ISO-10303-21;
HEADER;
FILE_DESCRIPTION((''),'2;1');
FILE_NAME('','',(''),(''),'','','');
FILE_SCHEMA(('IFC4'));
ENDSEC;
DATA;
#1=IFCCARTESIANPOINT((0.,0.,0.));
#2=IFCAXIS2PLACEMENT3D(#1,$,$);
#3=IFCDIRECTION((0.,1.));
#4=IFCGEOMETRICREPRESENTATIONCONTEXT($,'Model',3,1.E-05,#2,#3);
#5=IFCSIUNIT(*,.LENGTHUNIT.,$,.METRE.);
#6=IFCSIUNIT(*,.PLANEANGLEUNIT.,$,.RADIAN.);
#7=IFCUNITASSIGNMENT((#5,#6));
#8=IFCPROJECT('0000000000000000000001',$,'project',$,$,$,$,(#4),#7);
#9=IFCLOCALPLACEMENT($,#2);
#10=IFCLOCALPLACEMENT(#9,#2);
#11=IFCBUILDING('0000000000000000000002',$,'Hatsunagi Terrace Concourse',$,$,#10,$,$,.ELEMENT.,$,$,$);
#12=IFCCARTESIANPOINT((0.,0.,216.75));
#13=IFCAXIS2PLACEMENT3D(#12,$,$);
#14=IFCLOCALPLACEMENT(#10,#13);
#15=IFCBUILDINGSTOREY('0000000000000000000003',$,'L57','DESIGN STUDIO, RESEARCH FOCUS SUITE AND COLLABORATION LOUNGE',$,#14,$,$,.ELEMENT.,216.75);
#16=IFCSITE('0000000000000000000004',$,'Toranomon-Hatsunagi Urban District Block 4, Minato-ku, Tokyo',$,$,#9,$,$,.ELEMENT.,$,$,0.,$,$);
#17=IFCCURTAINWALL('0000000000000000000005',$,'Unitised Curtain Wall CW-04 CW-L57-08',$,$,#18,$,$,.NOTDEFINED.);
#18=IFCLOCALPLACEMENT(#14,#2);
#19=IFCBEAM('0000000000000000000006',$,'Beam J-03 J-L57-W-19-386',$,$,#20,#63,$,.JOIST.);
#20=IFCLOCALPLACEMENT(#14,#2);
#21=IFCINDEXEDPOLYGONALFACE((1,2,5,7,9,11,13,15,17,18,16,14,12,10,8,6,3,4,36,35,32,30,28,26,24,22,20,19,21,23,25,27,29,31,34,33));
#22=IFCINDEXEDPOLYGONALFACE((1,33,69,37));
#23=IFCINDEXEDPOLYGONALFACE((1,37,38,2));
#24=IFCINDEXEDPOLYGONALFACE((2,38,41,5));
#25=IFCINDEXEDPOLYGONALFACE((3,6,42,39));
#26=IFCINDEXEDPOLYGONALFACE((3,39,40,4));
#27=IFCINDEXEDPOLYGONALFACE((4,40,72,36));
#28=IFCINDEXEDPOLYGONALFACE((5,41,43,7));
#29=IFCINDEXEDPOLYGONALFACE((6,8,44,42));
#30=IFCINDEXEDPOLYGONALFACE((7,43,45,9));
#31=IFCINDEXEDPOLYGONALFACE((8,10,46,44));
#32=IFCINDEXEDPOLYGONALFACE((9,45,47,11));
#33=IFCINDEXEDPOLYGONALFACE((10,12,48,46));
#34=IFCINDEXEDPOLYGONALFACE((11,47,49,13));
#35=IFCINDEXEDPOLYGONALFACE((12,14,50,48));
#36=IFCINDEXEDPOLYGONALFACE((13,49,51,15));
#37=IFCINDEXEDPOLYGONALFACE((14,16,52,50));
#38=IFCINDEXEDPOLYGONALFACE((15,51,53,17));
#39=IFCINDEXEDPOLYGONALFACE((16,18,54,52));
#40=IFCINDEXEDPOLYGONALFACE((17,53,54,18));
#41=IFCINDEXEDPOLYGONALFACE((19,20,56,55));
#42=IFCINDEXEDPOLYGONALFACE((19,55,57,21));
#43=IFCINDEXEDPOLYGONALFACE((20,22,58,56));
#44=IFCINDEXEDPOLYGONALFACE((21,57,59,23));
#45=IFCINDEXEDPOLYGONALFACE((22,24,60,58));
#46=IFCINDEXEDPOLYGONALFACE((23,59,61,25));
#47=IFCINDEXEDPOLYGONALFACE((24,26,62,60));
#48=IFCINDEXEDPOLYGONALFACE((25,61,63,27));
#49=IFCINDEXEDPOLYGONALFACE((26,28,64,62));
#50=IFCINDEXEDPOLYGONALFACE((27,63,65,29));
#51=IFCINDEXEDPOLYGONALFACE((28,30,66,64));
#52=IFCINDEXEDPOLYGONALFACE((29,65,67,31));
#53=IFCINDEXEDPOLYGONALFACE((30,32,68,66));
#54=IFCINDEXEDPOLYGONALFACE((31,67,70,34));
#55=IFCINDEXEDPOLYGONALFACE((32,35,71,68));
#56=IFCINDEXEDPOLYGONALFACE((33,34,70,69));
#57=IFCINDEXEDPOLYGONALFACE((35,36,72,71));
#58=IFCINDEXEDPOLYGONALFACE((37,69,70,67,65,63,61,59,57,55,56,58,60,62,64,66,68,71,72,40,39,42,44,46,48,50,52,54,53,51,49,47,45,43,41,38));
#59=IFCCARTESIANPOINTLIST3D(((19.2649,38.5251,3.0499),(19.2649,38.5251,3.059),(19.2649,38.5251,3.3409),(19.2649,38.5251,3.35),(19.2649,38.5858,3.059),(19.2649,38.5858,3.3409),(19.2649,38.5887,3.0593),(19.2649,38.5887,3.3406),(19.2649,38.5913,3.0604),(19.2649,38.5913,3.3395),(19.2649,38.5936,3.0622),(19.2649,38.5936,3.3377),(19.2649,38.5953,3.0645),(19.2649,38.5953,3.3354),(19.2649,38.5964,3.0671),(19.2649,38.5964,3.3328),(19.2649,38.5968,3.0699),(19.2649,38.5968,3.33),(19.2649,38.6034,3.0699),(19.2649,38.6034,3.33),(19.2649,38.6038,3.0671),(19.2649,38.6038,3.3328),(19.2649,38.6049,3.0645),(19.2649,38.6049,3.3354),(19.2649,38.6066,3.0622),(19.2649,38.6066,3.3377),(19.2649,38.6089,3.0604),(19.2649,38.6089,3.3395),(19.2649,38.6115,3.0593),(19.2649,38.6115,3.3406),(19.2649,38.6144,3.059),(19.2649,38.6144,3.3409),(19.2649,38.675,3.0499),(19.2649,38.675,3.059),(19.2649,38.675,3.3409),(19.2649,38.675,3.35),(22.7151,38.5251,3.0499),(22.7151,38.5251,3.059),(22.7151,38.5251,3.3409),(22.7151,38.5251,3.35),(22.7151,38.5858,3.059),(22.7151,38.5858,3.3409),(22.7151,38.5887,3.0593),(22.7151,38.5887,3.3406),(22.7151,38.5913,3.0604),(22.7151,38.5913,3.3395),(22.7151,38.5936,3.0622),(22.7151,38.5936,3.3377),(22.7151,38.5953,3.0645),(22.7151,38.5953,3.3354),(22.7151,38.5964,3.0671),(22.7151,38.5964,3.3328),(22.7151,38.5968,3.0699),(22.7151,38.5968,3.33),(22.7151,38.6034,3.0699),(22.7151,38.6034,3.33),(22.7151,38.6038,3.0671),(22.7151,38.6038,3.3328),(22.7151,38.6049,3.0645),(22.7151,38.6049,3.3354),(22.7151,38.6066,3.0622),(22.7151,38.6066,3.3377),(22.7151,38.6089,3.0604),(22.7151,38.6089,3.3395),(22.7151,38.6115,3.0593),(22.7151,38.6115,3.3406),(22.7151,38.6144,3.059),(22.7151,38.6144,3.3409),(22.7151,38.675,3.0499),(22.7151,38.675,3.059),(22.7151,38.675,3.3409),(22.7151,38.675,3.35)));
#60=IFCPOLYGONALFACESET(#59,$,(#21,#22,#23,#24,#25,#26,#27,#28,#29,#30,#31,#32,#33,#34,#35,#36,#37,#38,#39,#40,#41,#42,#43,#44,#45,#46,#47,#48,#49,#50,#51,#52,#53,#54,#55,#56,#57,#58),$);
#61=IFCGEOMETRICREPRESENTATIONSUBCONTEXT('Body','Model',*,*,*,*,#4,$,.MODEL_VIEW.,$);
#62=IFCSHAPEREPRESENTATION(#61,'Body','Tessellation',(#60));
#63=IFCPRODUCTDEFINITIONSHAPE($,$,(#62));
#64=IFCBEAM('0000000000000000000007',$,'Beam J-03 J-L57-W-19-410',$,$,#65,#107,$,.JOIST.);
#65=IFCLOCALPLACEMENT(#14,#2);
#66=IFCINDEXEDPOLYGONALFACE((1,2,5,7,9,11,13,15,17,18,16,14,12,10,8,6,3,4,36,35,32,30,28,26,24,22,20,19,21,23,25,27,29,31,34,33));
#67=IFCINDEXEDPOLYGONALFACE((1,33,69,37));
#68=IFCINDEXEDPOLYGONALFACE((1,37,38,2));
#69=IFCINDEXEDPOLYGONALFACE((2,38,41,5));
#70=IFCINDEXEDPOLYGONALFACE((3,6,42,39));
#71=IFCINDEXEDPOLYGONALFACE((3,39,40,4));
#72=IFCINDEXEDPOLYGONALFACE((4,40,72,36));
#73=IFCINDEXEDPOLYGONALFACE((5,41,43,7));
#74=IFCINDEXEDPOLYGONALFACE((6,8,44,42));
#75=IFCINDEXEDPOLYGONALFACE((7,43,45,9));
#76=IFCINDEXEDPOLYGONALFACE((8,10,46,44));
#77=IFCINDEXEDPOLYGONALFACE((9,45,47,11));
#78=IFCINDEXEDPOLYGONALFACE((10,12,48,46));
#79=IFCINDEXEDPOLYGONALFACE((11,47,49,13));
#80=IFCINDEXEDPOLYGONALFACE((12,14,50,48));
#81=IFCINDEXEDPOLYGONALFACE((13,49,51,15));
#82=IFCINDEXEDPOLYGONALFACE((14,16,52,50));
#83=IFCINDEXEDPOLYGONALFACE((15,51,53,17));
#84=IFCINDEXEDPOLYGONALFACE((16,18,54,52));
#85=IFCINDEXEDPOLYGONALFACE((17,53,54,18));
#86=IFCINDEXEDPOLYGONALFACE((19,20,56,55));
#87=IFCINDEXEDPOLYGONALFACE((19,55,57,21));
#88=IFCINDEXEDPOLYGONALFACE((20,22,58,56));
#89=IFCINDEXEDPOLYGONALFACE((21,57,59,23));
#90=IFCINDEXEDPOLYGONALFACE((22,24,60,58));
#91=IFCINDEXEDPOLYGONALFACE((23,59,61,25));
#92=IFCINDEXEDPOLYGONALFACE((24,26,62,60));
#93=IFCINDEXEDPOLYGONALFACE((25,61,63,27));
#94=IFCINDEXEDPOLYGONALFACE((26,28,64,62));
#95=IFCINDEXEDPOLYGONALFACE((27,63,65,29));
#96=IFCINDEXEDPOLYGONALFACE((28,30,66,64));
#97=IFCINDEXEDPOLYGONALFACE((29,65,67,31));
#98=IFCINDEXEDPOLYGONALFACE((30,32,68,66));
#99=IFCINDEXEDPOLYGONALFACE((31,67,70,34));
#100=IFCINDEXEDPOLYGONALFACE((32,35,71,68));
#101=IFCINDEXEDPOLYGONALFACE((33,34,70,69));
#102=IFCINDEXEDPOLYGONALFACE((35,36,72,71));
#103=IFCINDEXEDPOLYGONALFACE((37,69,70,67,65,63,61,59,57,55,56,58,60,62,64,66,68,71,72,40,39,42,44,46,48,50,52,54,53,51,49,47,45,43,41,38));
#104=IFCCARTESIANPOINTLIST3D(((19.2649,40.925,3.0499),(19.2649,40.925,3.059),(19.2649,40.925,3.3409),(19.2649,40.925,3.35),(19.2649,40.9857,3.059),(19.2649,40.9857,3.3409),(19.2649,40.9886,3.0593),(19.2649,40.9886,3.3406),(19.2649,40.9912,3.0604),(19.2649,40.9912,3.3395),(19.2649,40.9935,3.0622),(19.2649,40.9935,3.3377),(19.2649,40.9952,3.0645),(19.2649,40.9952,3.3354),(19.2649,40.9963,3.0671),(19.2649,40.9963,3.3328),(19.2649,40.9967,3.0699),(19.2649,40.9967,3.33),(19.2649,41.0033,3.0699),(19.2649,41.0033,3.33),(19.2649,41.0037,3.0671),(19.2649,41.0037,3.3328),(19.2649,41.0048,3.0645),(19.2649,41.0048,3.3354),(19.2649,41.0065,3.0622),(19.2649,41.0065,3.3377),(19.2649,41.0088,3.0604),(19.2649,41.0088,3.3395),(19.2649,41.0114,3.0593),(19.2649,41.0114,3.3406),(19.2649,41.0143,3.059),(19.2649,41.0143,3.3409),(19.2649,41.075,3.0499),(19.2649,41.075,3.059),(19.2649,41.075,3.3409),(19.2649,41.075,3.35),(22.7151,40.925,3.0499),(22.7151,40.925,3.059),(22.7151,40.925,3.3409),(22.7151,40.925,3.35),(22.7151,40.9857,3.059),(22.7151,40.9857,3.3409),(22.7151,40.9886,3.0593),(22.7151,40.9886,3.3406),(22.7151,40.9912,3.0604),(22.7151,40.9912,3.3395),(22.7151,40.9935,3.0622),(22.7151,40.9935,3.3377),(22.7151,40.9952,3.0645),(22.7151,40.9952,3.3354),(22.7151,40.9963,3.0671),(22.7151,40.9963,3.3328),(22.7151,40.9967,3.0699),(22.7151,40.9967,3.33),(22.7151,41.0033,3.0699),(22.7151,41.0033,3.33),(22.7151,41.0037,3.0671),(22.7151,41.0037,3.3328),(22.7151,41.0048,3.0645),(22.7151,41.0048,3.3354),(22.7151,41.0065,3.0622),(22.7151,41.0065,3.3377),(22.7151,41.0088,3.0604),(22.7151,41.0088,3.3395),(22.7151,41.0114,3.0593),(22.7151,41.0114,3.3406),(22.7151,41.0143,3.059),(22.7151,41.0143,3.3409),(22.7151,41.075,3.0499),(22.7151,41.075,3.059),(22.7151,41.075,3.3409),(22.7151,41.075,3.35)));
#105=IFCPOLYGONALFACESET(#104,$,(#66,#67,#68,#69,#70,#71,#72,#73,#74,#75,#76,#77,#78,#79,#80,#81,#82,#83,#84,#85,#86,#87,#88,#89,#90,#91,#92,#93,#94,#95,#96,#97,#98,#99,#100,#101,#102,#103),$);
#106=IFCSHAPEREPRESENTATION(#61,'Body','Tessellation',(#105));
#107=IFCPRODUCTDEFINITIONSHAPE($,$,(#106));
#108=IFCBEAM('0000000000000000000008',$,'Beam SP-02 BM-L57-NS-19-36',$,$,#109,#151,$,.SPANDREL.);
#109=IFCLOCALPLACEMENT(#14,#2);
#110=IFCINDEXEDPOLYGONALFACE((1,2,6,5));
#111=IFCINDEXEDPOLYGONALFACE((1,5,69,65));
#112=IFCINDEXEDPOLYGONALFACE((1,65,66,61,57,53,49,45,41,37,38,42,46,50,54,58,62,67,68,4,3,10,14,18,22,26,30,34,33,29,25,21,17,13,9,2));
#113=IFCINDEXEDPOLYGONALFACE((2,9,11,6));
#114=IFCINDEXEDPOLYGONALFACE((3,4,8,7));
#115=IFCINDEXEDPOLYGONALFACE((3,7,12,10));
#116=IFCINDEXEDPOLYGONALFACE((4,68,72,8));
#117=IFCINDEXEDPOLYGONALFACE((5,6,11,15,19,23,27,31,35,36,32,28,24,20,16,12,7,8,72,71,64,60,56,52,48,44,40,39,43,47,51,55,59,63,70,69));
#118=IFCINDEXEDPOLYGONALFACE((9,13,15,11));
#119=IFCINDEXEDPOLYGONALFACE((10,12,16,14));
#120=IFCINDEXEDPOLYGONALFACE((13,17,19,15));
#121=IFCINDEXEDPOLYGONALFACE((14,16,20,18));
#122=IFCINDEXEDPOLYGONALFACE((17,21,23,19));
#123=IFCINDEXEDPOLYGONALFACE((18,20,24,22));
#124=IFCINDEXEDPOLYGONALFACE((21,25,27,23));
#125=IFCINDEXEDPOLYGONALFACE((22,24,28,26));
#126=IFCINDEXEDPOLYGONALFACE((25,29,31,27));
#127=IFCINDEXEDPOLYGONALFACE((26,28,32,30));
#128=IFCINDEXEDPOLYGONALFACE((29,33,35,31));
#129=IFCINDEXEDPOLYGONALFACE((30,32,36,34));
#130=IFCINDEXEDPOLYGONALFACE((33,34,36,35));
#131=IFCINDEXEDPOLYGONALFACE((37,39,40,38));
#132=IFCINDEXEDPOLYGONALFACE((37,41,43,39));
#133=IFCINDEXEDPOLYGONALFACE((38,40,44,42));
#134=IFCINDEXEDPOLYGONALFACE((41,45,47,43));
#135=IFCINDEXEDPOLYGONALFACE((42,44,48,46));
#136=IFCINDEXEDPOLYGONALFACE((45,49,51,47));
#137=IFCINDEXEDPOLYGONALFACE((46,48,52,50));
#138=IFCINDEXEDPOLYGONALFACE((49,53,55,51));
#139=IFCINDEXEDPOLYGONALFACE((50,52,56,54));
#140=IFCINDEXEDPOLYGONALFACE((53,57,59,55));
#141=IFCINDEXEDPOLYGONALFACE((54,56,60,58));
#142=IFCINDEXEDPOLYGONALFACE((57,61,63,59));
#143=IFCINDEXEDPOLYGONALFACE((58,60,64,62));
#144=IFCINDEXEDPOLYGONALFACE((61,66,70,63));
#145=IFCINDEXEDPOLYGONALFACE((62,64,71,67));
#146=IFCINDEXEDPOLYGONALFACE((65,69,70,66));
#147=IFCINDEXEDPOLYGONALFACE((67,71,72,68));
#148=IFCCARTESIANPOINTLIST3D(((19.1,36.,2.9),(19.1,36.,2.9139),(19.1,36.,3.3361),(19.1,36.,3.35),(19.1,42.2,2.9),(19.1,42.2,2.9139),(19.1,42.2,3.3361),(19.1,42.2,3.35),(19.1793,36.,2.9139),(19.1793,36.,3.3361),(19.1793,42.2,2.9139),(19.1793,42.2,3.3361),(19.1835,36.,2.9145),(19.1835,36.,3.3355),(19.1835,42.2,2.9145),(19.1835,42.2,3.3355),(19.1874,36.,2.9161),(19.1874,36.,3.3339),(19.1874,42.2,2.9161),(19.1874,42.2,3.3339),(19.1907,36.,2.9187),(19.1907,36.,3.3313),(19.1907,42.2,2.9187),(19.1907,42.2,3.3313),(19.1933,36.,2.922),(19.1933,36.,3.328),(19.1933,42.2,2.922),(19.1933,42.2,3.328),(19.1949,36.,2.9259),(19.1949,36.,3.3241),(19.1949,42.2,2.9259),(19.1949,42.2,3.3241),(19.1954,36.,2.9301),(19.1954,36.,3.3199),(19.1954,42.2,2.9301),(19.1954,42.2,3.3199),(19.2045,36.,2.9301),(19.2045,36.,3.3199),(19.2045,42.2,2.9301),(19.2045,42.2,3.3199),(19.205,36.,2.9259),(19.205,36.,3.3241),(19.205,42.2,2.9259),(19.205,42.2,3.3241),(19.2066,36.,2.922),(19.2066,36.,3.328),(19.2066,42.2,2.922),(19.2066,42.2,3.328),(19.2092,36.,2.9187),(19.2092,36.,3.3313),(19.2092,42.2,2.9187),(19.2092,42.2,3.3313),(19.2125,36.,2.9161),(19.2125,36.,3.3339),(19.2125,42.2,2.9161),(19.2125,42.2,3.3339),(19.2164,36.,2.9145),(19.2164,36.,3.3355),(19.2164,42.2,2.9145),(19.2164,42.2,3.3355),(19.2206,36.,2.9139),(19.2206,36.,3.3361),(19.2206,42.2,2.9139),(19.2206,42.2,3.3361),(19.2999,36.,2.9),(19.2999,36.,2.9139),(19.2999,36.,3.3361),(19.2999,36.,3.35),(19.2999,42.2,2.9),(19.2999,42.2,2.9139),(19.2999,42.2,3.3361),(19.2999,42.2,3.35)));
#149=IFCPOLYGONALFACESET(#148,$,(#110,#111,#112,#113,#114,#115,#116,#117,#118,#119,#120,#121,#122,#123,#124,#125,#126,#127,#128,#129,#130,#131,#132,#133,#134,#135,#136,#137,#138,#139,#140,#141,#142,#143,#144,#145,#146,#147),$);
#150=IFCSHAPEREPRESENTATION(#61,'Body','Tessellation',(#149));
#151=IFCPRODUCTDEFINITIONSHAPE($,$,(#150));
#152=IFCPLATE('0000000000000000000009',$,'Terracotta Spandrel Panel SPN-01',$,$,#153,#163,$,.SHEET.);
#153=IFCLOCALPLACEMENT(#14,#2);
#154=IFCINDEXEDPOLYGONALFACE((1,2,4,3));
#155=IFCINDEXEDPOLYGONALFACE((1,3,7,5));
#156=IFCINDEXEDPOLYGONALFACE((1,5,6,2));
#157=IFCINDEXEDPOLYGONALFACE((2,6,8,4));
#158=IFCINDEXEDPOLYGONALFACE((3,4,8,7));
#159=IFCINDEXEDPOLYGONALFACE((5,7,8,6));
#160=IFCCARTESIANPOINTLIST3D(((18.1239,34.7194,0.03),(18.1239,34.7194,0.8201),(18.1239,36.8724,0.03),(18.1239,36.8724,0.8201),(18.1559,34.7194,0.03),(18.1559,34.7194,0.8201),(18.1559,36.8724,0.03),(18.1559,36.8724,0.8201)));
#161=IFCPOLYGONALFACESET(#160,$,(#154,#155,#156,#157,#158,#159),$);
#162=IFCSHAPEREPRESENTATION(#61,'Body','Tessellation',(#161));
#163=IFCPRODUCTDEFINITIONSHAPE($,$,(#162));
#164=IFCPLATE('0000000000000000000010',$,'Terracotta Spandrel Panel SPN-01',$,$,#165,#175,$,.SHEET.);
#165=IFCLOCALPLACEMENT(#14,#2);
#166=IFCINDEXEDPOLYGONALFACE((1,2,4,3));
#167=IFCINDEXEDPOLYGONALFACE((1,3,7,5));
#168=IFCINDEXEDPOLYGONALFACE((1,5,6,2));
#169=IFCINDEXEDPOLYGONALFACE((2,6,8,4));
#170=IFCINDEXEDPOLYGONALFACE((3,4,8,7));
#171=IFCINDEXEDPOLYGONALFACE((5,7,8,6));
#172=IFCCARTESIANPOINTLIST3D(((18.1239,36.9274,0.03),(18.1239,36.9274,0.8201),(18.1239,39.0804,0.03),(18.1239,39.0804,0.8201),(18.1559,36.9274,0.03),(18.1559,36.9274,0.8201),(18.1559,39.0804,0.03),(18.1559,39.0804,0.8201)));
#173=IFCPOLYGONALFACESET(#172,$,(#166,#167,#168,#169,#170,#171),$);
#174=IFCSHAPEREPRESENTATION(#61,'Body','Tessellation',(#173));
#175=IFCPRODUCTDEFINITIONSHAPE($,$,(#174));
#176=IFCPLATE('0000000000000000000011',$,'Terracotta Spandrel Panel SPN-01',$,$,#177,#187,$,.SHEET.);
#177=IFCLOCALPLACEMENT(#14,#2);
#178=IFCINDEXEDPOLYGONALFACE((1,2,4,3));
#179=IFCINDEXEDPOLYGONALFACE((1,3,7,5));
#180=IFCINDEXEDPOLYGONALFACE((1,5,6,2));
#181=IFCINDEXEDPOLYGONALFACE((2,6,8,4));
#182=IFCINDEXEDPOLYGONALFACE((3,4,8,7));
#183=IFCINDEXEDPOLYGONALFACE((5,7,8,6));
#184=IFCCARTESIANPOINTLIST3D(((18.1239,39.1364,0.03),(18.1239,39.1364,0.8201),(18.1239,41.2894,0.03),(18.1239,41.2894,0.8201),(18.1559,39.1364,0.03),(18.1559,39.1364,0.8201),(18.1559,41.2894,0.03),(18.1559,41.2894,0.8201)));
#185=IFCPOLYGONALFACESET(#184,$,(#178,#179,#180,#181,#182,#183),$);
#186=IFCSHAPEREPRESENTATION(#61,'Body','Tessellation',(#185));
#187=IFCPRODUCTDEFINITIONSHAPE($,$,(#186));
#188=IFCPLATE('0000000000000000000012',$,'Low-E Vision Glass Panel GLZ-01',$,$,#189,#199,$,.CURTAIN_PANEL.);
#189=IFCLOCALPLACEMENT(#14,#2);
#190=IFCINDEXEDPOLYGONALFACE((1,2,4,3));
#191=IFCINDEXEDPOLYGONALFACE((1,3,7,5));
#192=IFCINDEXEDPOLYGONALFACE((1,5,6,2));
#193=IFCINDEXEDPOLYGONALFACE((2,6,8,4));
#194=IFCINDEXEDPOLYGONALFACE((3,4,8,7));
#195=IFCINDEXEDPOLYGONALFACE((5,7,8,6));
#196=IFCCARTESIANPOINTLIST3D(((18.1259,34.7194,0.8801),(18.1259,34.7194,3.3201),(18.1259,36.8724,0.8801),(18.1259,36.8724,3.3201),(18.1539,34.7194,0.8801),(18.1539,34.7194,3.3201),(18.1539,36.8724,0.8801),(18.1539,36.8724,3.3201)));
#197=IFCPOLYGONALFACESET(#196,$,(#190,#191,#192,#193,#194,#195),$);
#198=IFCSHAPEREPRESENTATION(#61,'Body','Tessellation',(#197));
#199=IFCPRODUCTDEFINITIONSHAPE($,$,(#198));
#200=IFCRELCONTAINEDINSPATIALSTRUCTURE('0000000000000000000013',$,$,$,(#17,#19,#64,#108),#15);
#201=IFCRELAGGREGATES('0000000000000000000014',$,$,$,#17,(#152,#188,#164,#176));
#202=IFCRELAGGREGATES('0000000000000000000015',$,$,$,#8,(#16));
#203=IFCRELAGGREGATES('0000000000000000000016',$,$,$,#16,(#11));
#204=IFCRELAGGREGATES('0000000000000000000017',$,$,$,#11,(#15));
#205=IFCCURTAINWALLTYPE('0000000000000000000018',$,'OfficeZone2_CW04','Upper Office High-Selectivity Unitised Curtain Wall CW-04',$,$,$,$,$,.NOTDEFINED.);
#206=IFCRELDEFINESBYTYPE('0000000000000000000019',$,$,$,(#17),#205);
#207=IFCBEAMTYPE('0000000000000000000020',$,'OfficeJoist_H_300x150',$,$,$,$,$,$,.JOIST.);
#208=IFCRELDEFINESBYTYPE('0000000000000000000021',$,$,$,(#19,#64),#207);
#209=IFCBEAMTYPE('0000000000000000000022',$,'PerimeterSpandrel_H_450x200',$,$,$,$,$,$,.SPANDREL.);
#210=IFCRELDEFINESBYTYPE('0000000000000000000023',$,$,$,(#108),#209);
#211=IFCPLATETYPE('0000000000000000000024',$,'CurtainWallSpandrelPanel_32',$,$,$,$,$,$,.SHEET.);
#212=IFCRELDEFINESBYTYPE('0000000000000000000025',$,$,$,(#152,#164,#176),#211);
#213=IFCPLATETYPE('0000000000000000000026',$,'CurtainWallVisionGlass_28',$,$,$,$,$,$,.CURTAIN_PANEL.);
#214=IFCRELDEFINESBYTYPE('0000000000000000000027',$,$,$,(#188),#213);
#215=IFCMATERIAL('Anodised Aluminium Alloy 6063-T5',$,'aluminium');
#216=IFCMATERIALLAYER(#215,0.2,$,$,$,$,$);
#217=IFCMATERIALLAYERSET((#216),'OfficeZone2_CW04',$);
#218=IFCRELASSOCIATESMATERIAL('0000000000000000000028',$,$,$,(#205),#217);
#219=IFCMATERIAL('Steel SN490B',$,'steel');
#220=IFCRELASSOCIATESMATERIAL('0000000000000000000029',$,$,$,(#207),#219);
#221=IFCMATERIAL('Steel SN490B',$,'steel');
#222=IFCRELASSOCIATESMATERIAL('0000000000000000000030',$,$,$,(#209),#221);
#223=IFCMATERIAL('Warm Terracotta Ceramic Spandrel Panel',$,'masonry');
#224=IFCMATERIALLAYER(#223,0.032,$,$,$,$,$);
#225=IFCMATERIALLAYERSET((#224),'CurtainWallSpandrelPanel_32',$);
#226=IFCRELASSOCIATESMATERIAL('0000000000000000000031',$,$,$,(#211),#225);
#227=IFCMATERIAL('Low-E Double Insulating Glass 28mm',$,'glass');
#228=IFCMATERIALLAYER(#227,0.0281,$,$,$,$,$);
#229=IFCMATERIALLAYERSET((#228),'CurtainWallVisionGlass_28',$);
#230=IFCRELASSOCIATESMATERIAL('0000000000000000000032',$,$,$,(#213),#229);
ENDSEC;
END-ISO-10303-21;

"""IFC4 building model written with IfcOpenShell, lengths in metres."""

from ifc_helpers import new_model, si_unit, direction, frame, origin, origin_2d, place, context, subcontext, project, spatial, rectangle, i_section, extrude, material, layer, layer_set, material_profile, profile_set, type_object, element, aggregate, save


model = new_model("IFC4")

# Units and contexts
model_context = context("Model", 3, precision=1e-05, world=origin(), true_north=direction((0.0, 1.0)))
body_context = subcontext(model_context, "Body", "Model", "MODEL_VIEW")
ifc_project = project(units=[si_unit("LENGTHUNIT", "METRE"), si_unit("PLANEANGLEUNIT", "RADIAN")], contexts=[model_context])

# Site, building, storey
site_placement = place(None, origin())
site = spatial("IfcSite", under=ifc_project, at=site_placement, Name="Toranomon-Hatsunagi Urban District Block 4, Minato-ku, Tokyo", CompositionType="ELEMENT", RefElevation=0.0)
building_placement = place(site_placement, origin())
building = spatial("IfcBuilding", under=site, at=building_placement, Name="Hatsunagi Terrace Concourse", CompositionType="ELEMENT")
storey_placement = place(building_placement, frame((0.0, 0.0, 216.75)))
storey = spatial("IfcBuildingStorey", under=building, at=storey_placement, Name="L57", Description="DESIGN STUDIO, RESEARCH FOCUS SUITE AND COLLABORATION LOUNGE", CompositionType="ELEMENT", Elevation=216.75)

# Curtain wall
ifc_material_1 = material(Name="Anodised Aluminium Alloy 6063-T5", Category="aluminium")
ifc_layer_1 = layer(ifc_material_1, 0.2)
ifc_layer_set_1 = layer_set([ifc_layer_1], Name="OfficeZone2_CW04")
curtain_wall_type = type_object("IfcCurtainWallType", Name="OfficeZone2_CW04", Description="Upper Office High-Selectivity Unitised Curtain Wall CW-04", PredefinedType="NOTDEFINED", material=ifc_layer_set_1)
curtain_wall_placement = place(storey_placement, origin())
curtain_wall = element("IfcCurtainWall", 1, at=curtain_wall_placement, inside=storey, type_object=curtain_wall_type, Name="Unitised Curtain Wall CW-04 CW-L57-08", PredefinedType="NOTDEFINED")

# Beams
ifc_material_2 = material(Name="Steel SN490B", Category="steel")
ifc_material_profile_1 = material_profile(ifc_material_2, i_section(OverallWidth=0.1499, OverallDepth=0.3, WebThickness=0.0066, FlangeThickness=0.009, FilletRadius=0.011, at=origin_2d()), Name="H-300x150x6.5x9")
ifc_profile_set_1 = profile_set([ifc_material_profile_1], Name="Steel SN490B")
beam_type_1 = type_object("IfcBeamType", Name="OfficeJoist_H_300x150", PredefinedType="JOIST", material=ifc_profile_set_1)
for number, where, z_axis, x_axis, name in (
    (2, (19.2649, 38.6001, 3.2), (1.0, 0.0, 0.0), (0.0, 1.0, 0.0), "Beam J-03 J-L57-W-19-386"),
    (3, (19.2649, 41.0, 3.2), (1.0, 0.0, 0.0), (0.0, 1.0, 0.0), "Beam J-03 J-L57-W-19-410"),
):
    element("IfcBeam", number, at=place(storey_placement, frame(where, z_axis=z_axis, x_axis=x_axis)), inside=storey, type_object=beam_type_1, Name=name, PredefinedType="JOIST", context=body_context, shape_type="SweptSolid", body=[
        extrude(i_section(OverallWidth=0.1499, OverallDepth=0.3, WebThickness=0.0066, FlangeThickness=0.009, FilletRadius=0.011, at=origin_2d()), origin(), (0.0, 0.0, 1.0), 3.4502),
    ])
ifc_material_3 = material(Name="Steel SN490B", Category="steel")
ifc_material_profile_2 = material_profile(ifc_material_3, i_section(OverallWidth=0.2, OverallDepth=0.45, WebThickness=0.009, FlangeThickness=0.0139, FilletRadius=0.0161, at=origin_2d()), Name="H-450x200x9x14")
ifc_profile_set_2 = profile_set([ifc_material_profile_2], Name="Steel SN490B")
beam_type_2 = type_object("IfcBeamType", Name="PerimeterSpandrel_H_450x200", PredefinedType="SPANDREL", material=ifc_profile_set_2)
beam_1_placement = place(storey_placement, frame((19.2, 36.0, 3.125), z_axis=(0.0, 1.0, 0.0), x_axis=(-1.0, 0.0, 0.0)))
element("IfcBeam", 4, at=beam_1_placement, inside=storey, type_object=beam_type_2, Name="Beam SP-02 BM-L57-NS-19-36", PredefinedType="SPANDREL", context=body_context, shape_type="SweptSolid", body=[
    extrude(i_section(OverallWidth=0.2, OverallDepth=0.45, WebThickness=0.009, FlangeThickness=0.0139, FilletRadius=0.0161, at=origin_2d()), origin(), (0.0, 0.0, 1.0), 6.2),
])

# Plates
ifc_material_4 = material(Name="Warm Terracotta Ceramic Spandrel Panel", Category="masonry")
ifc_layer_2 = layer(ifc_material_4, 0.032)
ifc_layer_set_2 = layer_set([ifc_layer_2], Name="CurtainWallSpandrelPanel_32")
plate_type_1 = type_object("IfcPlateType", Name="CurtainWallSpandrelPanel_32", PredefinedType="SHEET", material=ifc_layer_set_2)
plate_1_placement = place(storey_placement, frame((18.1399, 35.7959, 0.03), z_axis=(0.0, 0.0, 1.0), x_axis=(0.0, 1.0, 0.0)))
plate_1 = element("IfcPlate", 5, at=plate_1_placement, type_object=plate_type_1, Name="Terracotta Spandrel Panel SPN-01", PredefinedType="SHEET", context=body_context, shape_type="SweptSolid", body=[
    extrude(rectangle(XDim=2.1531, YDim=0.032, at=origin_2d()), origin(), (0.0, 0.0, 1.0), 0.79),
])
plate_2_placement = place(storey_placement, frame((18.1399, 38.0039, 0.03), z_axis=(0.0, 0.0, 1.0), x_axis=(0.0, 1.0, 0.0)))
plate_2 = element("IfcPlate", 6, at=plate_2_placement, type_object=plate_type_1, Name="Terracotta Spandrel Panel SPN-01", PredefinedType="SHEET", context=body_context, shape_type="SweptSolid", body=[
    extrude(rectangle(XDim=2.1531, YDim=0.032, at=origin_2d()), origin(), (0.0, 0.0, 1.0), 0.79),
])
plate_3_placement = place(storey_placement, frame((18.1399, 40.2129, 0.03), z_axis=(0.0, 0.0, 1.0), x_axis=(0.0, 1.0, 0.0)))
plate_3 = element("IfcPlate", 7, at=plate_3_placement, type_object=plate_type_1, Name="Terracotta Spandrel Panel SPN-01", PredefinedType="SHEET", context=body_context, shape_type="SweptSolid", body=[
    extrude(rectangle(XDim=2.1531, YDim=0.032, at=origin_2d()), origin(), (0.0, 0.0, 1.0), 0.79),
])
ifc_material_5 = material(Name="Low-E Double Insulating Glass 28mm", Category="glass")
ifc_layer_3 = layer(ifc_material_5, 0.0281)
ifc_layer_set_3 = layer_set([ifc_layer_3], Name="CurtainWallVisionGlass_28")
plate_type_2 = type_object("IfcPlateType", Name="CurtainWallVisionGlass_28", PredefinedType="CURTAIN_PANEL", material=ifc_layer_set_3)
plate_4_placement = place(storey_placement, frame((18.1399, 35.7959, 0.8801), z_axis=(0.0, 0.0, 1.0), x_axis=(0.0, 1.0, 0.0)))
plate_4 = element("IfcPlate", 8, at=plate_4_placement, type_object=plate_type_2, Name="Low-E Vision Glass Panel GLZ-01", PredefinedType="CURTAIN_PANEL", context=body_context, shape_type="SweptSolid", body=[
    extrude(rectangle(XDim=2.1531, YDim=0.0281, at=origin_2d()), origin(), (0.0, 0.0, 1.0), 2.4399),
])
aggregate(curtain_wall, [plate_1, plate_4, plate_2, plate_3])

save(model, "model.ifc")
